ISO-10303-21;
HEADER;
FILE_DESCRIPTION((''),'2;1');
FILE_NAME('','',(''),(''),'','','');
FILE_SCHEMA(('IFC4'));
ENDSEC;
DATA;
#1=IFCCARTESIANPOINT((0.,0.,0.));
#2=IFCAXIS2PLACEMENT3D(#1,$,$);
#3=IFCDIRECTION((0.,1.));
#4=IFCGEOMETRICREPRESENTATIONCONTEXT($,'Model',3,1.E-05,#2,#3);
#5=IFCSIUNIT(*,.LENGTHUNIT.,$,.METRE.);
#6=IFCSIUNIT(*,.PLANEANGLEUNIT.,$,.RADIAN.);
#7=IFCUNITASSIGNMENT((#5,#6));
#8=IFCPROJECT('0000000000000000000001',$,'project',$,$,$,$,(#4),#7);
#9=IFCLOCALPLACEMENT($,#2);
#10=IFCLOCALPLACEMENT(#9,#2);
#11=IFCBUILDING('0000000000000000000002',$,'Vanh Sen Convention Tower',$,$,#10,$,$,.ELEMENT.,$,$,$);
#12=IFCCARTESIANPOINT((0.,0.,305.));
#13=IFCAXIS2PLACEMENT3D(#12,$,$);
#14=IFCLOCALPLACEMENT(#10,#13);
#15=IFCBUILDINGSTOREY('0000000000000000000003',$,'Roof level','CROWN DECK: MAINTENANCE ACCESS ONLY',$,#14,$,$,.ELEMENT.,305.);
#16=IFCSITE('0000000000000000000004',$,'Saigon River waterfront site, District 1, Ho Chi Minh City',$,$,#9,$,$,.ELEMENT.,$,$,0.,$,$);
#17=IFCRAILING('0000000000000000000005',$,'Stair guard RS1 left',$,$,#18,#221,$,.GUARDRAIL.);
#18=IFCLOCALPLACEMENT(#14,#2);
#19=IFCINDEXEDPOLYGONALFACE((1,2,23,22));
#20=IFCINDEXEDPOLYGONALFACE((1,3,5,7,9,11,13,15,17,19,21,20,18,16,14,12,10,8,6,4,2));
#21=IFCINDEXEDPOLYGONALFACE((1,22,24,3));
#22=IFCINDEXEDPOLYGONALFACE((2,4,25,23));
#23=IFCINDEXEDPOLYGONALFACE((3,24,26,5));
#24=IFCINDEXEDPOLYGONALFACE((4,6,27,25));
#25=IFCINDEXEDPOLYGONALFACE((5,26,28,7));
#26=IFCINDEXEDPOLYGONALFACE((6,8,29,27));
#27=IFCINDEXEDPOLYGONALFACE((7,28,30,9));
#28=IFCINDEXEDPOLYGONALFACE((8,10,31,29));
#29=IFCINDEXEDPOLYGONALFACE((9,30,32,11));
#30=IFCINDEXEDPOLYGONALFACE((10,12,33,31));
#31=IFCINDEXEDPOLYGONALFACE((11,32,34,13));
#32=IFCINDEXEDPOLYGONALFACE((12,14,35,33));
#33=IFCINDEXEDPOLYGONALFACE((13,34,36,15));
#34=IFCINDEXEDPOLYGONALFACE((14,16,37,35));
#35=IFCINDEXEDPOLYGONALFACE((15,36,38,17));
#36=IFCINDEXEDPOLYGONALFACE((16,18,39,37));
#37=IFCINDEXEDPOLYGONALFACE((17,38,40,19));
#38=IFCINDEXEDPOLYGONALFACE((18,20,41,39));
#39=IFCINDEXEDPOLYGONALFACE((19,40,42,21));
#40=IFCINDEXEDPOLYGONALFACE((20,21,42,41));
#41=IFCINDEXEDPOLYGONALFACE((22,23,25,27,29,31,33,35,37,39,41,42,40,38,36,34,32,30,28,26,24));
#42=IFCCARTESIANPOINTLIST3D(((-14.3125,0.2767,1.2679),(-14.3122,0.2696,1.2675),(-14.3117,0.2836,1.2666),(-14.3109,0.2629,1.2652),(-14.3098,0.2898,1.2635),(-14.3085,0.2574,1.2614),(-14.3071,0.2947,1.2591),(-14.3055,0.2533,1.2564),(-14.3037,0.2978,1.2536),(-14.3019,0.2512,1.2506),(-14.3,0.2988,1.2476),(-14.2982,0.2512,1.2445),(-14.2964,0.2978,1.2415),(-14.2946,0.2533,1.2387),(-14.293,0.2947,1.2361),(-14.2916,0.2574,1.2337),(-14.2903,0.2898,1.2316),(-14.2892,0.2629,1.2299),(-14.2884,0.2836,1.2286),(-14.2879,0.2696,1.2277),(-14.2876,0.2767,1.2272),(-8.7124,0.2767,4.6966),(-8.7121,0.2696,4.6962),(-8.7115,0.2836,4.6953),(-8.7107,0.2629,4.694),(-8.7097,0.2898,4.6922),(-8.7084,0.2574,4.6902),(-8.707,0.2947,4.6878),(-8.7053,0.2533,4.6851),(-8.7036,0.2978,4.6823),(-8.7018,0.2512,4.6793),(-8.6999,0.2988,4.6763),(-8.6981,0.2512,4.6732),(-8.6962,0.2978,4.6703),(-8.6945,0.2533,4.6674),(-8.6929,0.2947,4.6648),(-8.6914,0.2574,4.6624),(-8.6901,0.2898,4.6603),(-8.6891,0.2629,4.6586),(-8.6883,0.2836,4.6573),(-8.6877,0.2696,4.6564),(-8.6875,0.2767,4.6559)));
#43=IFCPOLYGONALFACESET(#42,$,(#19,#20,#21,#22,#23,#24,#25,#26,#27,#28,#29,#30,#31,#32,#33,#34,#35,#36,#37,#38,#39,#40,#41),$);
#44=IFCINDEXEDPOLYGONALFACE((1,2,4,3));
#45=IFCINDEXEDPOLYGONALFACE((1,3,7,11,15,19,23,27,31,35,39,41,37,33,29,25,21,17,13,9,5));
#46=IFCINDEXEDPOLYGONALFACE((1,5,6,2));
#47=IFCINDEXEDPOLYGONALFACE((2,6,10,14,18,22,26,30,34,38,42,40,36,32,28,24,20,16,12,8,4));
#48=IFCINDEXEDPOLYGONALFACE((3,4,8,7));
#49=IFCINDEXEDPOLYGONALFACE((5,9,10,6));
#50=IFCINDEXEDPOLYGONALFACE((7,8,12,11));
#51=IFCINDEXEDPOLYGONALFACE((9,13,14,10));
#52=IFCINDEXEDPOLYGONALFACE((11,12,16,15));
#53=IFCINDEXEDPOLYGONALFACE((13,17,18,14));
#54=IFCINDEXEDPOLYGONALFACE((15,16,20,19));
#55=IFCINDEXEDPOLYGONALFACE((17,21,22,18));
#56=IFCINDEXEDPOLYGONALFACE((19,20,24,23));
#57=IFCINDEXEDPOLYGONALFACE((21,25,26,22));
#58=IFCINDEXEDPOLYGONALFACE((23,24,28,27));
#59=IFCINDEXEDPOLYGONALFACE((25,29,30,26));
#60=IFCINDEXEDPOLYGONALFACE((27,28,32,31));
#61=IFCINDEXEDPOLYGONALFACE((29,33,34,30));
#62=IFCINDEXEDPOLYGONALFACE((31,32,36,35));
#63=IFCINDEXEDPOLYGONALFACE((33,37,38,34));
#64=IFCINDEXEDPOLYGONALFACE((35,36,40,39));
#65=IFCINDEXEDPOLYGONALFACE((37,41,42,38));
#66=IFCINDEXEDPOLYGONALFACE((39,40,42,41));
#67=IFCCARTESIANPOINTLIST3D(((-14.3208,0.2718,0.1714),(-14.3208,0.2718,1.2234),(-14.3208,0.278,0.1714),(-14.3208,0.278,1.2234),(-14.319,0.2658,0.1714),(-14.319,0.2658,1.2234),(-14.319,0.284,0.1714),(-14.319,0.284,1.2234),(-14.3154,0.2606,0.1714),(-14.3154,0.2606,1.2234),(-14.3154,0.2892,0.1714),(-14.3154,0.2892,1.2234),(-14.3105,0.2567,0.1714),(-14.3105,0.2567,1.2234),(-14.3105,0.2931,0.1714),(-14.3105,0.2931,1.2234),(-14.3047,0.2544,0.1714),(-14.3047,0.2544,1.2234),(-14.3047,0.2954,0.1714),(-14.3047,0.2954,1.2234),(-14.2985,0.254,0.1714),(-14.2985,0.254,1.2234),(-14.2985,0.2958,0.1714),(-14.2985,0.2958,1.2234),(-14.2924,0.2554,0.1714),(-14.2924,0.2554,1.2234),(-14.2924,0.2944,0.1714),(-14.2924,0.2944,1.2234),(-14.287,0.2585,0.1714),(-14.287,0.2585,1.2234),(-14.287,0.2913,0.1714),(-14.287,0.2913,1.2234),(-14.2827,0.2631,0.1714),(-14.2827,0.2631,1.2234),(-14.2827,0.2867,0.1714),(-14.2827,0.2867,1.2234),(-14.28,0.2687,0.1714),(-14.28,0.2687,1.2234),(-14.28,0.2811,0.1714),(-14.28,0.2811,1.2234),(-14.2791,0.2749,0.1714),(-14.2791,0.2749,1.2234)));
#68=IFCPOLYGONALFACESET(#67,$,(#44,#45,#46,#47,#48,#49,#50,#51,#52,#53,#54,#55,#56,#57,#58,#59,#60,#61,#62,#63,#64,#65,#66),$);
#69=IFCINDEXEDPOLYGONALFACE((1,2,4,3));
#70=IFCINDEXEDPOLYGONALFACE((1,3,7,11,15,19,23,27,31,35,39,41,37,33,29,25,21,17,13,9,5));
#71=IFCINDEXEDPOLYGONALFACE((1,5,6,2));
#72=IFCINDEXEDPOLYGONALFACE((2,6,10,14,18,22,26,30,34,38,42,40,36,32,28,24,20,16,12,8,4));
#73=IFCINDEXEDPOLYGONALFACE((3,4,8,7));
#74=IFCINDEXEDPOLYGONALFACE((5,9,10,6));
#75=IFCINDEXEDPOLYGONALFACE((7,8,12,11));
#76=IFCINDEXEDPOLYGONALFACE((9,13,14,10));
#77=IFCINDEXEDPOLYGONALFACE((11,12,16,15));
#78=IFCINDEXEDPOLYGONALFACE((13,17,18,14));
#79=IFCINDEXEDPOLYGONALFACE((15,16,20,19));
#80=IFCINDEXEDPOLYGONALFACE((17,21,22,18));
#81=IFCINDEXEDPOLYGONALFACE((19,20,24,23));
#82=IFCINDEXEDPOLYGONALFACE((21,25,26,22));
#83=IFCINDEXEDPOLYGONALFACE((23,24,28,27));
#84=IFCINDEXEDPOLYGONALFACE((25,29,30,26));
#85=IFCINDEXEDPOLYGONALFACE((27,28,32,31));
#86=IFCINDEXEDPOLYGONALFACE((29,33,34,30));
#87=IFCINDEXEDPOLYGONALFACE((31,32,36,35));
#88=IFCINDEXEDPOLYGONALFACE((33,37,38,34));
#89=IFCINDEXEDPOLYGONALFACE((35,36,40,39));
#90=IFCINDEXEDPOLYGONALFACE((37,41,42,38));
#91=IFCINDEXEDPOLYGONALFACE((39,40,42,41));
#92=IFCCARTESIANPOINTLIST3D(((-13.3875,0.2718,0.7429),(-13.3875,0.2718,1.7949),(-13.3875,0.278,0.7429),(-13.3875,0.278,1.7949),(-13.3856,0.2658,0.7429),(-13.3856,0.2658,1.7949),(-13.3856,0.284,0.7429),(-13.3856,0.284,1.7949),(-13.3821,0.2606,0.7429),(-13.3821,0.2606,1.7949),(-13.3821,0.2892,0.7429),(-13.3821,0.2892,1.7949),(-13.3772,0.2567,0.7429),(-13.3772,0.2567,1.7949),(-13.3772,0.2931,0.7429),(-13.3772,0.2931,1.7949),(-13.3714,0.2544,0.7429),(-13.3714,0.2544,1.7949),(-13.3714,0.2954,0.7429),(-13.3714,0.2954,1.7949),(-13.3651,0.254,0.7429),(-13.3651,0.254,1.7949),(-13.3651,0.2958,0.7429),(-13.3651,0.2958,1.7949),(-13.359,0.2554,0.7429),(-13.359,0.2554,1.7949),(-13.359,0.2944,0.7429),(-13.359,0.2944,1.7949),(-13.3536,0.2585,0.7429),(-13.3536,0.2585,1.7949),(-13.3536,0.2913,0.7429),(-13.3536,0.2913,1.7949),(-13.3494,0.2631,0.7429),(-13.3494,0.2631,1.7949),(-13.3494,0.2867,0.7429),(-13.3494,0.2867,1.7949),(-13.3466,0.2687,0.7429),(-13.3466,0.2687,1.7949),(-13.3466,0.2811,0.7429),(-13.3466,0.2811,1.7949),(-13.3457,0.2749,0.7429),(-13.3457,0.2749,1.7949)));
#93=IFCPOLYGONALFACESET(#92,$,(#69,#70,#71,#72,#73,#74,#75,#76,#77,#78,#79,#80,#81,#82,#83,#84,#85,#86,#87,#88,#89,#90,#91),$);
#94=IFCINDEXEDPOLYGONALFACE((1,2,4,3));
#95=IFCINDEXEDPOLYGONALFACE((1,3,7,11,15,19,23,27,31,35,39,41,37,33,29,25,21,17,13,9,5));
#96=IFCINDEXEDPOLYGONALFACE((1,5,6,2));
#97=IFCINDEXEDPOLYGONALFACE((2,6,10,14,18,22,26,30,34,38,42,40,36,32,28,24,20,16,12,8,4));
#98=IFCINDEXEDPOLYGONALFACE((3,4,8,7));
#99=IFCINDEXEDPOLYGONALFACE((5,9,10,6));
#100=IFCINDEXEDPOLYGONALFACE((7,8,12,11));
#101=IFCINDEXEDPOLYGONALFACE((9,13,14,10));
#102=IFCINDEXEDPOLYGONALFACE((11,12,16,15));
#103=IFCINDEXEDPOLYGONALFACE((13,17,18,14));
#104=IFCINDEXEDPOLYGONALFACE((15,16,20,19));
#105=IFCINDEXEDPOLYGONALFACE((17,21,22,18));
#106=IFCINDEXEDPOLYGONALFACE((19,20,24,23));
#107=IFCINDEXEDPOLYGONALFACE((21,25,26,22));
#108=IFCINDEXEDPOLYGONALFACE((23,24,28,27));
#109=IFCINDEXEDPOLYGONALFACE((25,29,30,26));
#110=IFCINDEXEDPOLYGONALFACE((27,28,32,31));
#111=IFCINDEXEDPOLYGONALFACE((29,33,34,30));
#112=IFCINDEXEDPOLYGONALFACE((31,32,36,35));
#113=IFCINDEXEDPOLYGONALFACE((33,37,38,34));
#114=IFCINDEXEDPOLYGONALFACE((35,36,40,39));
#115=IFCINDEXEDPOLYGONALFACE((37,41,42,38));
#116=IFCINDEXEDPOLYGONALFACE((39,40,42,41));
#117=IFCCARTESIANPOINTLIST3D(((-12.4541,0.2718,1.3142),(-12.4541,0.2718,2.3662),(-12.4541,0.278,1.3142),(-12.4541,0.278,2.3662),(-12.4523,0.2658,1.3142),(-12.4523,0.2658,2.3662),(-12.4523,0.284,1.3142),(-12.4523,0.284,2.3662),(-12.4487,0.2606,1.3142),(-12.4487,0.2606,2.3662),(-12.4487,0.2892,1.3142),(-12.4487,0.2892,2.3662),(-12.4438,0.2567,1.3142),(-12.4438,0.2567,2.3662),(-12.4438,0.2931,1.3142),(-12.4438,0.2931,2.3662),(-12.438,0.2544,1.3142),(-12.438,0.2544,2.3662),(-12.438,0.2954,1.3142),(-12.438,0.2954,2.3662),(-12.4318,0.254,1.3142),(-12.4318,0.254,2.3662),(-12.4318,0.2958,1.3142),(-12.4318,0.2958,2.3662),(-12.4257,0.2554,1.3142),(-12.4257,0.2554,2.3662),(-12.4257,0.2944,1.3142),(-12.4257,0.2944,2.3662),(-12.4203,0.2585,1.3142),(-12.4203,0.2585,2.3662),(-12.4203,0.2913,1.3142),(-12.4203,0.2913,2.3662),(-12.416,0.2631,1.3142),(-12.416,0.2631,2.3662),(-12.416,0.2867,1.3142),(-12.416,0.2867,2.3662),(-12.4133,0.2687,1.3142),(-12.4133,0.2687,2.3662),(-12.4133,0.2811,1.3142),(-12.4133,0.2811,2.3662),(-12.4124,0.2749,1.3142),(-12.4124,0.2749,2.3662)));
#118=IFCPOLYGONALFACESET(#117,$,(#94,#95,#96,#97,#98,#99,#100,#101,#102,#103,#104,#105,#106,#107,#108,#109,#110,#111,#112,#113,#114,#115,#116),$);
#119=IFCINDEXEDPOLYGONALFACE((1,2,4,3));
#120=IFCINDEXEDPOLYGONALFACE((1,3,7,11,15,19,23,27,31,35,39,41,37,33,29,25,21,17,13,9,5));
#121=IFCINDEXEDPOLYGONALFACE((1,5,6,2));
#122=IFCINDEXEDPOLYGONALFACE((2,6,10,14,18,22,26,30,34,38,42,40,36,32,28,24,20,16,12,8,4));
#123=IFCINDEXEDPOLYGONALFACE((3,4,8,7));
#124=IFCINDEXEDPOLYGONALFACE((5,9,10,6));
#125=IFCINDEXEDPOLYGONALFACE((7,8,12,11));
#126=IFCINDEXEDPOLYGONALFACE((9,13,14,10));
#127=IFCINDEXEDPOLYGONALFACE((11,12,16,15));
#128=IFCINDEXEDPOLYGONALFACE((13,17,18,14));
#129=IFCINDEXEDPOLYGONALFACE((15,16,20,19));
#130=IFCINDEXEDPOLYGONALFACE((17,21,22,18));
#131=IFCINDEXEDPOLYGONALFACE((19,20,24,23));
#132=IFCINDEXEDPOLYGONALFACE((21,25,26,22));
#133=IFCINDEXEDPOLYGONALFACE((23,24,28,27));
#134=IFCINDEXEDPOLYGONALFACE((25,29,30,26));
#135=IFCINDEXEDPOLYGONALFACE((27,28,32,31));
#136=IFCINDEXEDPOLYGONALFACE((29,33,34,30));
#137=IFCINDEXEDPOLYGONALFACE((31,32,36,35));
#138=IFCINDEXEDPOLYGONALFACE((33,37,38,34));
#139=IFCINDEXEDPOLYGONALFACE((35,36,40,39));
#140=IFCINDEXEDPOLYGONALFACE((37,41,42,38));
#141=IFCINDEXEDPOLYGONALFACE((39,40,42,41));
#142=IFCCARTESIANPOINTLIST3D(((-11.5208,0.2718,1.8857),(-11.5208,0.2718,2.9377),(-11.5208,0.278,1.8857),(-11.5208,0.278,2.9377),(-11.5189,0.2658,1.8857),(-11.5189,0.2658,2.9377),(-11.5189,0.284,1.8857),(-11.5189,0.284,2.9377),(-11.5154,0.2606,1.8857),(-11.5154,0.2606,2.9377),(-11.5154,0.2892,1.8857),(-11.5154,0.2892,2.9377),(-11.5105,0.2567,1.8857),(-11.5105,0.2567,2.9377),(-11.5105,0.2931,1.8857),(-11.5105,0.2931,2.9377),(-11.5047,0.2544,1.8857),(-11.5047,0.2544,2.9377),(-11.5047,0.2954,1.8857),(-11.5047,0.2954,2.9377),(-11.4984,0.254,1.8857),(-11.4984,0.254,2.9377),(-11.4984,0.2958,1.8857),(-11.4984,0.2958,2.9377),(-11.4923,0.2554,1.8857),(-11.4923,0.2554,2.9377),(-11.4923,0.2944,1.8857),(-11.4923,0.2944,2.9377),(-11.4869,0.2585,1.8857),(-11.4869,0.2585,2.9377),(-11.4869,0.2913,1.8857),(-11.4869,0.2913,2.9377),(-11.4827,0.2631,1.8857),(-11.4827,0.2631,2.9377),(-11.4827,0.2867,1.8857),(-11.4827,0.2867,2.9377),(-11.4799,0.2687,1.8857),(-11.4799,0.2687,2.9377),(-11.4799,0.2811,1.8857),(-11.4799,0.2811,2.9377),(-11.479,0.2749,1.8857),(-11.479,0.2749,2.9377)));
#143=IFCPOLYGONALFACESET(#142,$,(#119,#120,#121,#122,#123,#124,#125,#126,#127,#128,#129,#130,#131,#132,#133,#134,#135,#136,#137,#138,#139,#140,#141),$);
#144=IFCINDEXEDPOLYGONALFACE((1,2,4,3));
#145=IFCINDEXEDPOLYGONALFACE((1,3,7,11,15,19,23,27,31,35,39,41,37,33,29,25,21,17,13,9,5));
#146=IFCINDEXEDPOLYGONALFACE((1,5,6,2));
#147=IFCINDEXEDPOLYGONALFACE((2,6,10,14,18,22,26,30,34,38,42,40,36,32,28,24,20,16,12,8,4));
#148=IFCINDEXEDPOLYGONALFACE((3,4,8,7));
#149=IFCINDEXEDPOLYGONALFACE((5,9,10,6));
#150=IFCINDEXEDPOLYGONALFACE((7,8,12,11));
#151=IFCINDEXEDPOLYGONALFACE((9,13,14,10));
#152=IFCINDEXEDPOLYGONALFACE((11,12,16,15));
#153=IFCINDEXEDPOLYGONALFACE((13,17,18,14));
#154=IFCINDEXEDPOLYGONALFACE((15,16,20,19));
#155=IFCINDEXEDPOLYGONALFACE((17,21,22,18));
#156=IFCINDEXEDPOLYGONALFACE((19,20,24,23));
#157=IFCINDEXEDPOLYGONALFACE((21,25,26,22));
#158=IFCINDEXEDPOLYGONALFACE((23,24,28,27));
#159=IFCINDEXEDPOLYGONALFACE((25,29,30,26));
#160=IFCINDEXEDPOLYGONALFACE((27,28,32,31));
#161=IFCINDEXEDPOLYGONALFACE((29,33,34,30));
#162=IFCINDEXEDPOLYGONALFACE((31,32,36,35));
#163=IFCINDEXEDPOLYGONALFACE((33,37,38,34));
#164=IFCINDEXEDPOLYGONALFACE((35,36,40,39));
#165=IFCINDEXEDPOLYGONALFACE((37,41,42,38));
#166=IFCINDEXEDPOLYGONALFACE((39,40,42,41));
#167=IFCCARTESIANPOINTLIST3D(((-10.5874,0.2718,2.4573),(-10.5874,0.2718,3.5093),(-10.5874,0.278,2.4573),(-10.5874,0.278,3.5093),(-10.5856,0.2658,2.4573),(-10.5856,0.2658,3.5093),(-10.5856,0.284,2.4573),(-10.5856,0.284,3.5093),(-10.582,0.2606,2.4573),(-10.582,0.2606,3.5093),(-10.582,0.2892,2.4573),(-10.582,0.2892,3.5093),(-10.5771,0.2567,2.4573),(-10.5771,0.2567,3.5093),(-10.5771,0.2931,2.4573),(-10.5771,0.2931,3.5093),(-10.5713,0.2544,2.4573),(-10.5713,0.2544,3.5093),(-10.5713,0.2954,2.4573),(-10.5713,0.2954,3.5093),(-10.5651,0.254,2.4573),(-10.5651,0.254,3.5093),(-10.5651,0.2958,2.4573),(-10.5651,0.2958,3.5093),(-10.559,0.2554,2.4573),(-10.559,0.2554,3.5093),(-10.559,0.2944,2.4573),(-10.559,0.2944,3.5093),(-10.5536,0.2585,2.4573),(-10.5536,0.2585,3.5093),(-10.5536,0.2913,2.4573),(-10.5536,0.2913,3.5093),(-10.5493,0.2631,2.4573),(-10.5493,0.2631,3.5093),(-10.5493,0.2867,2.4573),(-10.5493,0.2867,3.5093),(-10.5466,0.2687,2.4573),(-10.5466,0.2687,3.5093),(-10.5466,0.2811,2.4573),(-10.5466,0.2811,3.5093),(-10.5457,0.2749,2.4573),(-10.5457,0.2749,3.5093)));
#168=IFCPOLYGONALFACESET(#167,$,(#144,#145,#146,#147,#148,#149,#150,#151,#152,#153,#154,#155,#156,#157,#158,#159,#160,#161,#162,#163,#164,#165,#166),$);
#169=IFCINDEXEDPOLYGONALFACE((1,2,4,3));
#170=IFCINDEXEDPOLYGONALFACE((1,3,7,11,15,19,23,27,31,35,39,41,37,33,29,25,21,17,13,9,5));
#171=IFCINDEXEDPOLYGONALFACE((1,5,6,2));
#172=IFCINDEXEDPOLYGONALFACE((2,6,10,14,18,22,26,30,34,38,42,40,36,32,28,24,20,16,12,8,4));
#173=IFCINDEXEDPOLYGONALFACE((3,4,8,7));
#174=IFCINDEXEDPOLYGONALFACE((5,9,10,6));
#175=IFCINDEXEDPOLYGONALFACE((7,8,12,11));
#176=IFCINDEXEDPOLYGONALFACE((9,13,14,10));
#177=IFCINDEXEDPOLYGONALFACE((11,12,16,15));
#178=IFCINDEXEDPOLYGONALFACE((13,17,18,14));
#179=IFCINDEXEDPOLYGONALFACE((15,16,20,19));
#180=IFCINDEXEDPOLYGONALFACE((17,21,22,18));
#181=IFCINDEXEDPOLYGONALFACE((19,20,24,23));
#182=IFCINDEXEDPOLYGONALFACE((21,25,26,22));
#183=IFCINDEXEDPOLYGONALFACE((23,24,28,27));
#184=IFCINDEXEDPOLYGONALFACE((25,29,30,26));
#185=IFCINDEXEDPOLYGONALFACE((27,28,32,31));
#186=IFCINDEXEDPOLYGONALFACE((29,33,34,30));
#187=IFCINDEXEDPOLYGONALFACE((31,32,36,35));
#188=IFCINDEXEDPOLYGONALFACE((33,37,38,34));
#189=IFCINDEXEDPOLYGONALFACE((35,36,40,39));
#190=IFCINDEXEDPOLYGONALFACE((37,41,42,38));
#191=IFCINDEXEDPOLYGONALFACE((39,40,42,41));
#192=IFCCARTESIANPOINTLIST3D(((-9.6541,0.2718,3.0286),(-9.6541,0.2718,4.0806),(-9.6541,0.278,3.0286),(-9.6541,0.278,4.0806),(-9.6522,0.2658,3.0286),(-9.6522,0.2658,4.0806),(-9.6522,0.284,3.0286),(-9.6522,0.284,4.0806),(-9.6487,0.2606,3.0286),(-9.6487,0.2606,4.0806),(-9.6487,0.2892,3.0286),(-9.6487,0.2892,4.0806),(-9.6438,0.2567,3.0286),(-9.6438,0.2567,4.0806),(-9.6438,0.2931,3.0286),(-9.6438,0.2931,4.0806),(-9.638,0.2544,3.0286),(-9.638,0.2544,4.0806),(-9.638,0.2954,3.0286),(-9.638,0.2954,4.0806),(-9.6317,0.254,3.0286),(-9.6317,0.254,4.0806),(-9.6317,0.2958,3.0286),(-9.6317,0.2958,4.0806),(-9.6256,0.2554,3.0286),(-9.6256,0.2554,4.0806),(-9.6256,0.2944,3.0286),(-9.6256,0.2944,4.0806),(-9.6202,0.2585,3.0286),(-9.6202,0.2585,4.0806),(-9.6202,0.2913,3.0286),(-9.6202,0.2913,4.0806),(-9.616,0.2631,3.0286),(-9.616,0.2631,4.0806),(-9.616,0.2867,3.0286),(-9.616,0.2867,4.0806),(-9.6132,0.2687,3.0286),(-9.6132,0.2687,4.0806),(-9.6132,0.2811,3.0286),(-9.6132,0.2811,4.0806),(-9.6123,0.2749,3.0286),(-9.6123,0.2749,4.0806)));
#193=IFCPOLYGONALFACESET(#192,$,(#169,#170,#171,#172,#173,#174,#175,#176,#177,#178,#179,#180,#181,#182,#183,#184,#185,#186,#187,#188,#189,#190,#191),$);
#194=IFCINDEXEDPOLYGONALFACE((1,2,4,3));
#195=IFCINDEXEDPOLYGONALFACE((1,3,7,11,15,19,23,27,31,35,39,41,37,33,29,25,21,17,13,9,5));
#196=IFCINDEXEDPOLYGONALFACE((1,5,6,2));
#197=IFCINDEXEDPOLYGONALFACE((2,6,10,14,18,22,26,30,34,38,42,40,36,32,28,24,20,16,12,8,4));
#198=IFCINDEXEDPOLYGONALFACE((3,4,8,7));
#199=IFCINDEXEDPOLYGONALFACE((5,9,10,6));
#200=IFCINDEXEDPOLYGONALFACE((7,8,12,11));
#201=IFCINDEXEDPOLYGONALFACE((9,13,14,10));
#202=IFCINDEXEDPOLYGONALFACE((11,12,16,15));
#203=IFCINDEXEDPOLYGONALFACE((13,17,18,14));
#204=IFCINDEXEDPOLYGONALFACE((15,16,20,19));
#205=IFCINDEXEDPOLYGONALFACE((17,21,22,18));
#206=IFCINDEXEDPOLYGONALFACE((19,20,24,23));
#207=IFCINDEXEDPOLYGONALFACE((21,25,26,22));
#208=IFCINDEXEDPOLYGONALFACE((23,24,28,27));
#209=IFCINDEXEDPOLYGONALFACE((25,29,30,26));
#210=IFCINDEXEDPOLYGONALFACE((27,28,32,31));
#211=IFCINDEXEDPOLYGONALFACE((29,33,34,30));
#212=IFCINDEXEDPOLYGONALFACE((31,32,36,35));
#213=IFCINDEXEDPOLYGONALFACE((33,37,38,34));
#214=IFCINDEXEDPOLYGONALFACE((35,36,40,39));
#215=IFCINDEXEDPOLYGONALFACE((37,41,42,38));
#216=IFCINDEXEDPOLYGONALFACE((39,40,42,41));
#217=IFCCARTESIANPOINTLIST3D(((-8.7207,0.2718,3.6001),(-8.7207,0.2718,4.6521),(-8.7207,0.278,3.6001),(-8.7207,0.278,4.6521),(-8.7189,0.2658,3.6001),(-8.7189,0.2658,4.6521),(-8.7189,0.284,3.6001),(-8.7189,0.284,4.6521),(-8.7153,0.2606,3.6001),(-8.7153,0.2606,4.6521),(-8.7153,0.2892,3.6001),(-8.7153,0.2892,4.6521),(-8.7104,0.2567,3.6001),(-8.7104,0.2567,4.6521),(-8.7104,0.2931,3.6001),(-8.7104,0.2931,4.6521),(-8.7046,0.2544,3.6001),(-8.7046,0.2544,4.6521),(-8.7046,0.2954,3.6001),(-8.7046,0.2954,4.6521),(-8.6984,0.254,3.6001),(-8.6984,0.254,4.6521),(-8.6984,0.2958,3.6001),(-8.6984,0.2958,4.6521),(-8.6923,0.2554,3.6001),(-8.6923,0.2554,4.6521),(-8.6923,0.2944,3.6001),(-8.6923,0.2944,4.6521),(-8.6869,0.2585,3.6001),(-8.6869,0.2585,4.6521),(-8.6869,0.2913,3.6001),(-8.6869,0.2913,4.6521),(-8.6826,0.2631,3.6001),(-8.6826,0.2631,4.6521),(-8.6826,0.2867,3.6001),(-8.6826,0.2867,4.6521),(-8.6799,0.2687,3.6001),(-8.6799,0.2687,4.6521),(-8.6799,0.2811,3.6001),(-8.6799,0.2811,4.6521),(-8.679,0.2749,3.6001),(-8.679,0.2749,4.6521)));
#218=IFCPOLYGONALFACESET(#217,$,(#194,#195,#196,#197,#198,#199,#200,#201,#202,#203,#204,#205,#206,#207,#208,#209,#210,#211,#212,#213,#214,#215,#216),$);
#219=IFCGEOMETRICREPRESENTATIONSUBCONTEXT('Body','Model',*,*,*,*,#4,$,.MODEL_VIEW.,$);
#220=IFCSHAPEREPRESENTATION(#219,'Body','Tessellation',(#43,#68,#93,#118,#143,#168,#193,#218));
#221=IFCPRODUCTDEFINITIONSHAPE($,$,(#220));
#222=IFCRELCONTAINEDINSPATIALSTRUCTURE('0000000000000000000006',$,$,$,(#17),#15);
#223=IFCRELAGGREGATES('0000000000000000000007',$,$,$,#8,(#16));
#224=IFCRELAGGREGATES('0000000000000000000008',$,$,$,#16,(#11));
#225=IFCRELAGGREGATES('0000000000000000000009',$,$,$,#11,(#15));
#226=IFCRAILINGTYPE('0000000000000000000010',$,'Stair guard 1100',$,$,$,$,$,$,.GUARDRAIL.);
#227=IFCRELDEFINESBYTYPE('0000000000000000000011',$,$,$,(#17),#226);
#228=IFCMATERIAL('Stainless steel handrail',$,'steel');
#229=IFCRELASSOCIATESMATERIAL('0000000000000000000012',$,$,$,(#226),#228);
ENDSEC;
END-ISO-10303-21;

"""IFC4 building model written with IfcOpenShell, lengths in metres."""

from ifc_helpers import new_model, si_unit, direction, frame, origin, origin_2d, place, context, subcontext, project, spatial, circle, extrude, material, type_object, element, save


model = new_model("IFC4")

# Units and contexts
model_context = context("Model", 3, precision=1e-05, world=origin(), true_north=direction((0.0, 1.0)))
body_context = subcontext(model_context, "Body", "Model", "MODEL_VIEW")
ifc_project = project(units=[si_unit("LENGTHUNIT", "METRE"), si_unit("PLANEANGLEUNIT", "RADIAN")], contexts=[model_context])

# Site, building, storey
site_placement = place(None, origin())
site = spatial("IfcSite", under=ifc_project, at=site_placement, Name="Saigon River waterfront site, District 1, Ho Chi Minh City", CompositionType="ELEMENT", RefElevation=0.0)
building_placement = place(site_placement, origin())
building = spatial("IfcBuilding", under=site, at=building_placement, Name="Vanh Sen Convention Tower", CompositionType="ELEMENT")
storey_placement = place(building_placement, frame((0.0, 0.0, 305.0)))
storey = spatial("IfcBuildingStorey", under=building, at=storey_placement, Name="Roof level", Description="CROWN DECK: MAINTENANCE ACCESS ONLY", CompositionType="ELEMENT", Elevation=305.0)

# Railing
ifc_material_1 = material(Name="Stainless steel handrail", Category="steel")
railing_type_1 = type_object("IfcRailingType", Name="Stair guard 1100", PredefinedType="GUARDRAIL", material=ifc_material_1)
railing_1_placement = place(storey_placement, frame((-14.3, 0.2749, 0.1714)))
element("IfcRailing", 1, at=railing_1_placement, inside=storey, type_object=railing_type_1, Name="Stair guard RS1 left", PredefinedType="GUARDRAIL", context=body_context, shape_type="SweptSolid", body=[
    extrude(circle(Radius=0.0239, at=origin_2d()), frame((0.0, 0.0, 1.0762), z_axis=(0.852846, 0.0, 0.522163), x_axis=(0.0, 1.0, 0.0)), (0.0, 0.0, 1.0), 6.5664),
    extrude(circle(Radius=0.021, at=origin_2d()), origin(), (0.0, 0.0, 1.0), 1.052),
    extrude(circle(Radius=0.021, at=origin_2d()), frame((0.9333, 0.0, 0.5715)), (0.0, 0.0, 1.0), 1.052),
    extrude(circle(Radius=0.021, at=origin_2d()), frame((1.8667, 0.0, 1.1428)), (0.0, 0.0, 1.0), 1.052),
    extrude(circle(Radius=0.021, at=origin_2d()), frame((2.8, 0.0, 1.7144)), (0.0, 0.0, 1.0), 1.052),
    extrude(circle(Radius=0.021, at=origin_2d()), frame((3.7334, 0.0, 2.2859)), (0.0, 0.0, 1.0), 1.052),
    extrude(circle(Radius=0.021, at=origin_2d()), frame((4.6667, 0.0, 2.8572)), (0.0, 0.0, 1.0), 1.052),
    extrude(circle(Radius=0.021, at=origin_2d()), frame((5.6001, 0.0, 3.4287)), (0.0, 0.0, 1.0), 1.052),
])

save(model, "model.ifc")
